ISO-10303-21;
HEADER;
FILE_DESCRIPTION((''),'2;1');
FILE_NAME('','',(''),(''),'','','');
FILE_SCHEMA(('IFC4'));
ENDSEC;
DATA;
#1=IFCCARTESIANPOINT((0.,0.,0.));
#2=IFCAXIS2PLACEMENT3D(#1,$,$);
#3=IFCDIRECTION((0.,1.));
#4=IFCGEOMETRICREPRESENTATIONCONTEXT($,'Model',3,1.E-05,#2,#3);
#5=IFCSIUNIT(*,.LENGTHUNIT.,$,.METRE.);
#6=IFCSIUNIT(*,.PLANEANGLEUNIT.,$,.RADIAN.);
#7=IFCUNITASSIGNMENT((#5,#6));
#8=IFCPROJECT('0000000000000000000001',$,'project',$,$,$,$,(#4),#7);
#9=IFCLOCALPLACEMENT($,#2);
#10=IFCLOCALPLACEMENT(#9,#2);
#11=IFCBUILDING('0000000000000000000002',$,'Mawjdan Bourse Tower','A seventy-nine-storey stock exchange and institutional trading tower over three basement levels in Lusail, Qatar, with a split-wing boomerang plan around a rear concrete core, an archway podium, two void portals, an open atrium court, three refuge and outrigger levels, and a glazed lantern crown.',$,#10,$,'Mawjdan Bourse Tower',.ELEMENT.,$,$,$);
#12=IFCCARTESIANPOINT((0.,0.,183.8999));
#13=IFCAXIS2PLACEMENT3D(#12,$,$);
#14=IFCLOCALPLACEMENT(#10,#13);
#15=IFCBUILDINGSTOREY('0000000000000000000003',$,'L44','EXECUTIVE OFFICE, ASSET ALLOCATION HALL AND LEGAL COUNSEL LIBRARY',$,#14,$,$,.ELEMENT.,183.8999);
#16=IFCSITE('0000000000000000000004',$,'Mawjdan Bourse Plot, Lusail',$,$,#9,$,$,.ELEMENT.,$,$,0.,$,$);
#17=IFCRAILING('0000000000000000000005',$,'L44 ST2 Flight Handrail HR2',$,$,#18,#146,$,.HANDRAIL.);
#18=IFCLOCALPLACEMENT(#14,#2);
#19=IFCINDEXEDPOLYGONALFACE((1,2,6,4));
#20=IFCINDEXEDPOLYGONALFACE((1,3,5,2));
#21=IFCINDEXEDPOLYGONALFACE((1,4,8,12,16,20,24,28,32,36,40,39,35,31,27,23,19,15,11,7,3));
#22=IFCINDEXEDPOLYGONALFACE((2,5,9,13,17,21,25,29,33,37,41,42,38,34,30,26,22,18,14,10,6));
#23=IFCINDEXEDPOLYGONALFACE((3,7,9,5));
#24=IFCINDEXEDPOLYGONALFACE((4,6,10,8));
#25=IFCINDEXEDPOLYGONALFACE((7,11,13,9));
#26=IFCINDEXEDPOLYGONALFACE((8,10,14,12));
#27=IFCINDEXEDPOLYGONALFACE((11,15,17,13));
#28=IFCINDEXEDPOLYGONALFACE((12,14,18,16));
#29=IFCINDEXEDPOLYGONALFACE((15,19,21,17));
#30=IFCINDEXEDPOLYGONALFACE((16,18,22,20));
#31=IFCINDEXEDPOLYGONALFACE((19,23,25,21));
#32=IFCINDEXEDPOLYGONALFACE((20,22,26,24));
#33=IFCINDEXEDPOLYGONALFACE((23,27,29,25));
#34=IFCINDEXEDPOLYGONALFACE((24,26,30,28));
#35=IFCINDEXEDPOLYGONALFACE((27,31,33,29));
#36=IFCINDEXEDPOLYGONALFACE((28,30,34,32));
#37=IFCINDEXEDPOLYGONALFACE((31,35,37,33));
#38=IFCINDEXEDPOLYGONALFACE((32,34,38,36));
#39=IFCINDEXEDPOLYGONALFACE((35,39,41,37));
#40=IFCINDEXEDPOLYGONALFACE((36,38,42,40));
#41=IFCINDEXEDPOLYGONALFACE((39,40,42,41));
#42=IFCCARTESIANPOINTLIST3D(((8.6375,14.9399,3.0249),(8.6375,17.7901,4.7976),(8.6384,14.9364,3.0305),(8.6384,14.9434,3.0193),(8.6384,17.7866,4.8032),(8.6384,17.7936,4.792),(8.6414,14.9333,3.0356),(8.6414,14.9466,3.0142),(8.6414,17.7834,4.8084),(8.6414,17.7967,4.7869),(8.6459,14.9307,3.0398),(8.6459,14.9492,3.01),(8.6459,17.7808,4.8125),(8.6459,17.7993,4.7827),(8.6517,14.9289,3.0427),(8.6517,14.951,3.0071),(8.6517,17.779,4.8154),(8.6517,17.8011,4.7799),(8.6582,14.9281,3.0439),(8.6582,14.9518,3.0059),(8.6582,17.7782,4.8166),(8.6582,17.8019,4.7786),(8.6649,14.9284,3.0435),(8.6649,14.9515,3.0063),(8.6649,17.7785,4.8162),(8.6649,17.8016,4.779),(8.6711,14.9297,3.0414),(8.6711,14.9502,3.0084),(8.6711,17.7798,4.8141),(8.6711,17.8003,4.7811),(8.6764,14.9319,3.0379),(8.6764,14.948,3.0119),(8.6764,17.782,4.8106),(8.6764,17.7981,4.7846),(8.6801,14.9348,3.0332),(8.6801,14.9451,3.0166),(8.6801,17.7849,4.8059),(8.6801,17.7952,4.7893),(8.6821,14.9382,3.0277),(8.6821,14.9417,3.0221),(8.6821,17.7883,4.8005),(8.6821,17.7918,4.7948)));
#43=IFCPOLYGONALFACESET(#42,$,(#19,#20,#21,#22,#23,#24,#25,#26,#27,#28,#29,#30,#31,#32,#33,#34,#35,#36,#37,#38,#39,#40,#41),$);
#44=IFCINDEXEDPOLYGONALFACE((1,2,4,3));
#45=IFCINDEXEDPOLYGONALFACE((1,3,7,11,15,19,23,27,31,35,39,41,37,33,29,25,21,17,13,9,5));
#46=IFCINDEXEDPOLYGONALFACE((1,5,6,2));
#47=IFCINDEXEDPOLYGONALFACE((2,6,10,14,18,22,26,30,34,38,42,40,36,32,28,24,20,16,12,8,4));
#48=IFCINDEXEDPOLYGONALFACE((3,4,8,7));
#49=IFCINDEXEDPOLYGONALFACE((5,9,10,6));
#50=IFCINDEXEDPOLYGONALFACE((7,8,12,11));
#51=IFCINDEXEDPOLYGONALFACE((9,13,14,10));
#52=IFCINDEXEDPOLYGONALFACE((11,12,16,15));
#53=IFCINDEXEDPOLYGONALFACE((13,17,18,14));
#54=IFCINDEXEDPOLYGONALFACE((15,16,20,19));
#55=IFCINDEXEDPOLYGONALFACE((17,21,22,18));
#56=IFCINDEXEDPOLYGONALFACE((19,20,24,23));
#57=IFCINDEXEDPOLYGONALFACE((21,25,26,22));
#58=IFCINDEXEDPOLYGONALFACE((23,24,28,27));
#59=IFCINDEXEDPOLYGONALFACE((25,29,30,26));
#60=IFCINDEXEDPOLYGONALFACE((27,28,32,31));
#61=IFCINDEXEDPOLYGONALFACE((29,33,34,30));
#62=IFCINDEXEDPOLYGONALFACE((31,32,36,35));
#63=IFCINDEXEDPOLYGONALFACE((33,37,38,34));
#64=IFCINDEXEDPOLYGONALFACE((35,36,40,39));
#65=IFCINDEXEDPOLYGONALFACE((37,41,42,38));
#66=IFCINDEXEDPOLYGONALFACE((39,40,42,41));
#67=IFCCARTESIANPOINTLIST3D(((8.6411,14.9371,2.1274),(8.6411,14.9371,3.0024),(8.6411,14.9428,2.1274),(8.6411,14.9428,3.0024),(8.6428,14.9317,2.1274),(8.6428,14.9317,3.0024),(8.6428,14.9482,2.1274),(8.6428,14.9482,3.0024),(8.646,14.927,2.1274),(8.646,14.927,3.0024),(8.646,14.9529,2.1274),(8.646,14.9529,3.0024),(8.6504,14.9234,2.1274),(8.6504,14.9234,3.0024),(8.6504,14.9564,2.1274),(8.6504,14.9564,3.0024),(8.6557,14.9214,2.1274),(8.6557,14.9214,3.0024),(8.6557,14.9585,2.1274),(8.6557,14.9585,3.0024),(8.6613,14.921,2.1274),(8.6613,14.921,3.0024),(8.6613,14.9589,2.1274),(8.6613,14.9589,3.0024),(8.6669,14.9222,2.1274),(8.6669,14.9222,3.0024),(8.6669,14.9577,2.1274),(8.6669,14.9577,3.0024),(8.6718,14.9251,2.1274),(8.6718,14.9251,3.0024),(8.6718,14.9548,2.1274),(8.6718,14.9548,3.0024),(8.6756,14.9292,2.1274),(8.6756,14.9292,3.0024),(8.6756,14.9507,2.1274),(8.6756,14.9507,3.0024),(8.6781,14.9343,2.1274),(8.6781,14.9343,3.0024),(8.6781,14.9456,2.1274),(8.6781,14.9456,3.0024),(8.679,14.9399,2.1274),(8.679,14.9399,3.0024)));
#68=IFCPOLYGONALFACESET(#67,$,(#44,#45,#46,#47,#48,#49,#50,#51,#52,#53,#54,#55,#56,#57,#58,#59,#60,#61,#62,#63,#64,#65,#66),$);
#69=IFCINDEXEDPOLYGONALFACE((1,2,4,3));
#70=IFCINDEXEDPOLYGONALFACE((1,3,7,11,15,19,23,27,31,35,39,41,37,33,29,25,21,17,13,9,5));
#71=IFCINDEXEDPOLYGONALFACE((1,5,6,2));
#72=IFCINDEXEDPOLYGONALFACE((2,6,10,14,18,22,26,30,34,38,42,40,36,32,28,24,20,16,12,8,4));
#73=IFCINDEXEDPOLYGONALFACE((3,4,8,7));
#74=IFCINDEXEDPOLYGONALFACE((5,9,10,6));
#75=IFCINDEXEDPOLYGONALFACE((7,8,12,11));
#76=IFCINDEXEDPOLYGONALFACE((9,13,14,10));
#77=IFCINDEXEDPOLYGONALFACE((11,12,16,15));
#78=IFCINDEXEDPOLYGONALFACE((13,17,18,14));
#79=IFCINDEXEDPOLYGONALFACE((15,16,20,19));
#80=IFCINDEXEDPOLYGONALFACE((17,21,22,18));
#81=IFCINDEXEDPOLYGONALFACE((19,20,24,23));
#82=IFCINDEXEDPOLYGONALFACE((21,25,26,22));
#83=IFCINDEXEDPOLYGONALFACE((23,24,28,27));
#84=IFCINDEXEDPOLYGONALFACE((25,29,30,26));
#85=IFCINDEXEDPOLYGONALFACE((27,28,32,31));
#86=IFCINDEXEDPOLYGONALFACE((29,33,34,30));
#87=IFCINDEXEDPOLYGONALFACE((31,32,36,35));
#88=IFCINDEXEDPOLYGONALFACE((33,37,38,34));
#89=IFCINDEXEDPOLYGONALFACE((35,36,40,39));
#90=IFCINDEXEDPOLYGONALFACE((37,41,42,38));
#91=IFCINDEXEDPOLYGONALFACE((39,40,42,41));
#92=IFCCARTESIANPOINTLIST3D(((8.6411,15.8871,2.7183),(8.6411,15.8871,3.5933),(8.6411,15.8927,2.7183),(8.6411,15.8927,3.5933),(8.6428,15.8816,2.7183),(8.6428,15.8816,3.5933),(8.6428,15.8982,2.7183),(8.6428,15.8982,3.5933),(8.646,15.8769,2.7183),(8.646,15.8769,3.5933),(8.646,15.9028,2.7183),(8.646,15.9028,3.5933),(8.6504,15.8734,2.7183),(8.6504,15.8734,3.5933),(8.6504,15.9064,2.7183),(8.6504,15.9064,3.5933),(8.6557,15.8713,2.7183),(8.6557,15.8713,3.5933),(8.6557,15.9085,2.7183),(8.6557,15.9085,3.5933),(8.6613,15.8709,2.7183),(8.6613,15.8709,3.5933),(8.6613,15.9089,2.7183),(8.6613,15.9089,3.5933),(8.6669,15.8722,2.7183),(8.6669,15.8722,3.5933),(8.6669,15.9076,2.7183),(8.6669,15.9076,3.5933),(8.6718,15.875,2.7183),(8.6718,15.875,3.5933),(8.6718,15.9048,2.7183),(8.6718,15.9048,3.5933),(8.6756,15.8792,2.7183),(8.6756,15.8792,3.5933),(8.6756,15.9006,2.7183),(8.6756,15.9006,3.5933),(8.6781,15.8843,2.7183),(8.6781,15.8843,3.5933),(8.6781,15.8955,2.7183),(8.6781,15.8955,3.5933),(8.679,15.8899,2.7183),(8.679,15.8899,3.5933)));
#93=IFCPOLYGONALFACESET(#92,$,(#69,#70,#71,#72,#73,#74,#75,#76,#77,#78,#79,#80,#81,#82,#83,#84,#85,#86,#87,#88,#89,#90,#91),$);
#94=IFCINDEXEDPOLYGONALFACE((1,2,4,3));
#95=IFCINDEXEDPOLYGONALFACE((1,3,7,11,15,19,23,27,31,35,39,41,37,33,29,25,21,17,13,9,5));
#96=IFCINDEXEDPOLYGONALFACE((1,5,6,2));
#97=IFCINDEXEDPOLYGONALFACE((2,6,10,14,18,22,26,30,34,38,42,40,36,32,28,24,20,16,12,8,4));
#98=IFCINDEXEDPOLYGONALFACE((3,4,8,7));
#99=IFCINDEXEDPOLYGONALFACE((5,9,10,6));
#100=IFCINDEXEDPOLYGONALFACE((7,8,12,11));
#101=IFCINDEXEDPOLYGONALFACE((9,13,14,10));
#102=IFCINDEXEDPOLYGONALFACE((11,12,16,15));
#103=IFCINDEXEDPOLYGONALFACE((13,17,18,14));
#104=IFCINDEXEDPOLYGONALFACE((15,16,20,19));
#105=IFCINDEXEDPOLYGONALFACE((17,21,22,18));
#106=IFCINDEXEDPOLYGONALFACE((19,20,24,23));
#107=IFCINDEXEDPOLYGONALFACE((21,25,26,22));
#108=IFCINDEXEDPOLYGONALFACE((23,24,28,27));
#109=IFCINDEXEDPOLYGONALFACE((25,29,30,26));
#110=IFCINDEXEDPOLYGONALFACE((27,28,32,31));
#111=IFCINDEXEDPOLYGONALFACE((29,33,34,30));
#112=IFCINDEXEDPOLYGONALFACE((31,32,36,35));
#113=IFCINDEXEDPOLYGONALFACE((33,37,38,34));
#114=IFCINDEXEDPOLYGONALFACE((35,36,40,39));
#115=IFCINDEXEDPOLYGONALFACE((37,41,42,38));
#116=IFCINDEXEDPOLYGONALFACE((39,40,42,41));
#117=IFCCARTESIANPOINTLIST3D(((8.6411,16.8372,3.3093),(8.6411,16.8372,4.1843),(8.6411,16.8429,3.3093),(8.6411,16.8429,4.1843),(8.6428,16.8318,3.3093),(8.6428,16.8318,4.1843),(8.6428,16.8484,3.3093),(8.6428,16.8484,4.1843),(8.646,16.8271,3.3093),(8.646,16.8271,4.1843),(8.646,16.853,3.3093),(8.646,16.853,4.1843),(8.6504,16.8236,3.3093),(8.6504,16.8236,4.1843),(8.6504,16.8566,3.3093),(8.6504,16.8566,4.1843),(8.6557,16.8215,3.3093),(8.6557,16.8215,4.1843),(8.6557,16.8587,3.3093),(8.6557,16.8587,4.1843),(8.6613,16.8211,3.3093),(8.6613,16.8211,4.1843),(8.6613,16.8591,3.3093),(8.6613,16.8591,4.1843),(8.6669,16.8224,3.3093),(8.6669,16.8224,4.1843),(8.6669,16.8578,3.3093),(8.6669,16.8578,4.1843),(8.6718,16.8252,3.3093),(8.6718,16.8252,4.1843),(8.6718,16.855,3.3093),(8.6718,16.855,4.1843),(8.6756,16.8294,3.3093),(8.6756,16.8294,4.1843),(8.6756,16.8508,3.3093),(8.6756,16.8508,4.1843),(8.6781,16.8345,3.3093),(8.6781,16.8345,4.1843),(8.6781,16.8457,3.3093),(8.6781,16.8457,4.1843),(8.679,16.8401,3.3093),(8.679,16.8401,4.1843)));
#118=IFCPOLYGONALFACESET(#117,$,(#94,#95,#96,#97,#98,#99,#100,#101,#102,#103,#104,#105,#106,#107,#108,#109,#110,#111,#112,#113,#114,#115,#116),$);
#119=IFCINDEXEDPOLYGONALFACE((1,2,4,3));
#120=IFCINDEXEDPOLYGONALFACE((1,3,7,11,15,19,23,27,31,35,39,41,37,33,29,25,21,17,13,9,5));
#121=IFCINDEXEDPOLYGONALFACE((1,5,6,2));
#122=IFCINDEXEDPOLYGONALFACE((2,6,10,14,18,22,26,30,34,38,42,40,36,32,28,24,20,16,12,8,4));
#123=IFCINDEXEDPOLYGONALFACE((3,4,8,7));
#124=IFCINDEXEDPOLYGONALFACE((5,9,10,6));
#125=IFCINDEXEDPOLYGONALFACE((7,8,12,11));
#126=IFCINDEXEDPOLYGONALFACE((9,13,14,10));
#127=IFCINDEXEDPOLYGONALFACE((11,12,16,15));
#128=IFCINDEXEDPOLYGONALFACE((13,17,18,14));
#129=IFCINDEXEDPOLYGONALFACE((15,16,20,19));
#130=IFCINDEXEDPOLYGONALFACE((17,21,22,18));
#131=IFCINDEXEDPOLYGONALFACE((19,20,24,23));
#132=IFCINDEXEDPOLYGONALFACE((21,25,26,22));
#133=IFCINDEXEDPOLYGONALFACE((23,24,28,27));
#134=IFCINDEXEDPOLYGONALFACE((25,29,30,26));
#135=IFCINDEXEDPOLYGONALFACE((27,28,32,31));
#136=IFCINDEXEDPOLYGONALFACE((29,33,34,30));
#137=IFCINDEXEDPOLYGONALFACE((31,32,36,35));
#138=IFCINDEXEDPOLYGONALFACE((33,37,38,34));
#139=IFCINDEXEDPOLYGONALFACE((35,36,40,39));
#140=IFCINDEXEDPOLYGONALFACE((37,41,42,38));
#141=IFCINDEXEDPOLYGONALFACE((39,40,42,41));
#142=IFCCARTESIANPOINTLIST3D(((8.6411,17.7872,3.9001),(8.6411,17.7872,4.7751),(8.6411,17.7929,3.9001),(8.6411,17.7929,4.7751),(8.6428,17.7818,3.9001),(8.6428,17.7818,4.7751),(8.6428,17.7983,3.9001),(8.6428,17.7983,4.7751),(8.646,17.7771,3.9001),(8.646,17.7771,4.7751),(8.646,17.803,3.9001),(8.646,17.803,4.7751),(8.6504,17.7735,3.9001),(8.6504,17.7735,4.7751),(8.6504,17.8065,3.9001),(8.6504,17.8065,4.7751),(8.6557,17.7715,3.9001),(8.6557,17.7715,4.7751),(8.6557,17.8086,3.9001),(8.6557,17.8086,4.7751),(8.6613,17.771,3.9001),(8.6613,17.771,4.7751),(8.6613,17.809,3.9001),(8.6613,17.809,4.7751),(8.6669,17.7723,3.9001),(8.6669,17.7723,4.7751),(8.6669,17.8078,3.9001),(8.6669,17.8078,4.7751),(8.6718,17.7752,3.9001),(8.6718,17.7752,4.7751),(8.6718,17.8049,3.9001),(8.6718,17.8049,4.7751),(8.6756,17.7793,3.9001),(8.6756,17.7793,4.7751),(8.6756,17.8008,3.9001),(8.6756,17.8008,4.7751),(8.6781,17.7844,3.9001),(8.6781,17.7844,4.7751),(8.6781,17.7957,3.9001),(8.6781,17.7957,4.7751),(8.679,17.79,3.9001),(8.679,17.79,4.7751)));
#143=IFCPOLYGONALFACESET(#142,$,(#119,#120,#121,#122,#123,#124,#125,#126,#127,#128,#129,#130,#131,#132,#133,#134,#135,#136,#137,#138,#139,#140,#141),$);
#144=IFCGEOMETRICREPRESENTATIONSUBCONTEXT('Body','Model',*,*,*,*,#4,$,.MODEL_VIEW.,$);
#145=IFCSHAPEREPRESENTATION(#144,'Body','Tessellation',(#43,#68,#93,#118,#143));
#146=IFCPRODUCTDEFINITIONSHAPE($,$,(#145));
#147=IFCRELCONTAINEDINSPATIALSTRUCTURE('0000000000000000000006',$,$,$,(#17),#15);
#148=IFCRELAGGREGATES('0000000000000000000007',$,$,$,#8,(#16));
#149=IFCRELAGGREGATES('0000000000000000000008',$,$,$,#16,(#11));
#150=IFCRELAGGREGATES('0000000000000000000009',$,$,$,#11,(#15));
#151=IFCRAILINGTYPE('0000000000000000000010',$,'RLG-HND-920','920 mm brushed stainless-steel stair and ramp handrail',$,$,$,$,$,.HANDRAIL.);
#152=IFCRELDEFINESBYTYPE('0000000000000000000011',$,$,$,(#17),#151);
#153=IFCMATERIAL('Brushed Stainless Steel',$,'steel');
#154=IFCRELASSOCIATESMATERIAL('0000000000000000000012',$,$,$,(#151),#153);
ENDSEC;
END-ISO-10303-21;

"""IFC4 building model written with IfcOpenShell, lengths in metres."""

from ifc_helpers import new_model, si_unit, direction, frame, origin, origin_2d, place, context, subcontext, project, spatial, circle, extrude, material, type_object, element, save


model = new_model("IFC4")

# Units and contexts
model_context = context("Model", 3, precision=1e-05, world=origin(), true_north=direction((0.0, 1.0)))
body_context = subcontext(model_context, "Body", "Model", "MODEL_VIEW")
ifc_project = project(units=[si_unit("LENGTHUNIT", "METRE"), si_unit("PLANEANGLEUNIT", "RADIAN")], contexts=[model_context])

# Site, building, storey
site_placement = place(None, origin())
site = spatial("IfcSite", under=ifc_project, at=site_placement, Name="Mawjdan Bourse Plot, Lusail", CompositionType="ELEMENT", RefElevation=0.0)
building_placement = place(site_placement, origin())
building = spatial("IfcBuilding", under=site, at=building_placement, Name="Mawjdan Bourse Tower", Description="A seventy-nine-storey stock exchange and institutional trading tower over three basement levels in Lusail, Qatar, with a split-wing boomerang plan around a rear concrete core, an archway podium, two void portals, an open atrium court, three refuge and outrigger levels, and a glazed lantern crown.", LongName="Mawjdan Bourse Tower", CompositionType="ELEMENT")
storey_placement = place(building_placement, frame((0.0, 0.0, 183.8999)))
storey = spatial("IfcBuildingStorey", under=building, at=storey_placement, Name="L44", Description="EXECUTIVE OFFICE, ASSET ALLOCATION HALL AND LEGAL COUNSEL LIBRARY", CompositionType="ELEMENT", Elevation=183.8999)

# Shared definitions
ifc_material_1 = material(Name="Brushed Stainless Steel", Category="steel")

# Railing
railing_type_1 = type_object("IfcRailingType", Name="RLG-HND-920", Description="920 mm brushed stainless-steel stair and ramp handrail", PredefinedType="HANDRAIL", material=ifc_material_1)
railing_placement = place(storey_placement, frame((8.6599, 14.9399, 2.1274)))
element("IfcRailing", 1, at=railing_placement, inside=storey, type_object=railing_type_1, Name="L44 ST2 Flight Handrail HR2", PredefinedType="HANDRAIL", context=body_context, shape_type="SweptSolid", body=[
    extrude(circle(Radius=0.0225, at=origin_2d()), frame((0.0, 0.0, 0.8975), z_axis=(0.0, 0.849149, 0.528154), x_axis=(-1.0, 0.0, 0.0)), (0.0, 0.0, 1.0), 3.3564),
    extrude(circle(Radius=0.019, at=origin_2d()), origin(), (0.0, 0.0, 1.0), 0.875),
    extrude(circle(Radius=0.019, at=origin_2d()), frame((0.0, 0.95, 0.5908)), (0.0, 0.0, 1.0), 0.875),
    extrude(circle(Radius=0.019, at=origin_2d()), frame((0.0, 1.9001, 1.1819)), (0.0, 0.0, 1.0), 0.875),
    extrude(circle(Radius=0.019, at=origin_2d()), frame((0.0, 2.8501, 1.7727)), (0.0, 0.0, 1.0), 0.875),
])

save(model, "model.ifc")
